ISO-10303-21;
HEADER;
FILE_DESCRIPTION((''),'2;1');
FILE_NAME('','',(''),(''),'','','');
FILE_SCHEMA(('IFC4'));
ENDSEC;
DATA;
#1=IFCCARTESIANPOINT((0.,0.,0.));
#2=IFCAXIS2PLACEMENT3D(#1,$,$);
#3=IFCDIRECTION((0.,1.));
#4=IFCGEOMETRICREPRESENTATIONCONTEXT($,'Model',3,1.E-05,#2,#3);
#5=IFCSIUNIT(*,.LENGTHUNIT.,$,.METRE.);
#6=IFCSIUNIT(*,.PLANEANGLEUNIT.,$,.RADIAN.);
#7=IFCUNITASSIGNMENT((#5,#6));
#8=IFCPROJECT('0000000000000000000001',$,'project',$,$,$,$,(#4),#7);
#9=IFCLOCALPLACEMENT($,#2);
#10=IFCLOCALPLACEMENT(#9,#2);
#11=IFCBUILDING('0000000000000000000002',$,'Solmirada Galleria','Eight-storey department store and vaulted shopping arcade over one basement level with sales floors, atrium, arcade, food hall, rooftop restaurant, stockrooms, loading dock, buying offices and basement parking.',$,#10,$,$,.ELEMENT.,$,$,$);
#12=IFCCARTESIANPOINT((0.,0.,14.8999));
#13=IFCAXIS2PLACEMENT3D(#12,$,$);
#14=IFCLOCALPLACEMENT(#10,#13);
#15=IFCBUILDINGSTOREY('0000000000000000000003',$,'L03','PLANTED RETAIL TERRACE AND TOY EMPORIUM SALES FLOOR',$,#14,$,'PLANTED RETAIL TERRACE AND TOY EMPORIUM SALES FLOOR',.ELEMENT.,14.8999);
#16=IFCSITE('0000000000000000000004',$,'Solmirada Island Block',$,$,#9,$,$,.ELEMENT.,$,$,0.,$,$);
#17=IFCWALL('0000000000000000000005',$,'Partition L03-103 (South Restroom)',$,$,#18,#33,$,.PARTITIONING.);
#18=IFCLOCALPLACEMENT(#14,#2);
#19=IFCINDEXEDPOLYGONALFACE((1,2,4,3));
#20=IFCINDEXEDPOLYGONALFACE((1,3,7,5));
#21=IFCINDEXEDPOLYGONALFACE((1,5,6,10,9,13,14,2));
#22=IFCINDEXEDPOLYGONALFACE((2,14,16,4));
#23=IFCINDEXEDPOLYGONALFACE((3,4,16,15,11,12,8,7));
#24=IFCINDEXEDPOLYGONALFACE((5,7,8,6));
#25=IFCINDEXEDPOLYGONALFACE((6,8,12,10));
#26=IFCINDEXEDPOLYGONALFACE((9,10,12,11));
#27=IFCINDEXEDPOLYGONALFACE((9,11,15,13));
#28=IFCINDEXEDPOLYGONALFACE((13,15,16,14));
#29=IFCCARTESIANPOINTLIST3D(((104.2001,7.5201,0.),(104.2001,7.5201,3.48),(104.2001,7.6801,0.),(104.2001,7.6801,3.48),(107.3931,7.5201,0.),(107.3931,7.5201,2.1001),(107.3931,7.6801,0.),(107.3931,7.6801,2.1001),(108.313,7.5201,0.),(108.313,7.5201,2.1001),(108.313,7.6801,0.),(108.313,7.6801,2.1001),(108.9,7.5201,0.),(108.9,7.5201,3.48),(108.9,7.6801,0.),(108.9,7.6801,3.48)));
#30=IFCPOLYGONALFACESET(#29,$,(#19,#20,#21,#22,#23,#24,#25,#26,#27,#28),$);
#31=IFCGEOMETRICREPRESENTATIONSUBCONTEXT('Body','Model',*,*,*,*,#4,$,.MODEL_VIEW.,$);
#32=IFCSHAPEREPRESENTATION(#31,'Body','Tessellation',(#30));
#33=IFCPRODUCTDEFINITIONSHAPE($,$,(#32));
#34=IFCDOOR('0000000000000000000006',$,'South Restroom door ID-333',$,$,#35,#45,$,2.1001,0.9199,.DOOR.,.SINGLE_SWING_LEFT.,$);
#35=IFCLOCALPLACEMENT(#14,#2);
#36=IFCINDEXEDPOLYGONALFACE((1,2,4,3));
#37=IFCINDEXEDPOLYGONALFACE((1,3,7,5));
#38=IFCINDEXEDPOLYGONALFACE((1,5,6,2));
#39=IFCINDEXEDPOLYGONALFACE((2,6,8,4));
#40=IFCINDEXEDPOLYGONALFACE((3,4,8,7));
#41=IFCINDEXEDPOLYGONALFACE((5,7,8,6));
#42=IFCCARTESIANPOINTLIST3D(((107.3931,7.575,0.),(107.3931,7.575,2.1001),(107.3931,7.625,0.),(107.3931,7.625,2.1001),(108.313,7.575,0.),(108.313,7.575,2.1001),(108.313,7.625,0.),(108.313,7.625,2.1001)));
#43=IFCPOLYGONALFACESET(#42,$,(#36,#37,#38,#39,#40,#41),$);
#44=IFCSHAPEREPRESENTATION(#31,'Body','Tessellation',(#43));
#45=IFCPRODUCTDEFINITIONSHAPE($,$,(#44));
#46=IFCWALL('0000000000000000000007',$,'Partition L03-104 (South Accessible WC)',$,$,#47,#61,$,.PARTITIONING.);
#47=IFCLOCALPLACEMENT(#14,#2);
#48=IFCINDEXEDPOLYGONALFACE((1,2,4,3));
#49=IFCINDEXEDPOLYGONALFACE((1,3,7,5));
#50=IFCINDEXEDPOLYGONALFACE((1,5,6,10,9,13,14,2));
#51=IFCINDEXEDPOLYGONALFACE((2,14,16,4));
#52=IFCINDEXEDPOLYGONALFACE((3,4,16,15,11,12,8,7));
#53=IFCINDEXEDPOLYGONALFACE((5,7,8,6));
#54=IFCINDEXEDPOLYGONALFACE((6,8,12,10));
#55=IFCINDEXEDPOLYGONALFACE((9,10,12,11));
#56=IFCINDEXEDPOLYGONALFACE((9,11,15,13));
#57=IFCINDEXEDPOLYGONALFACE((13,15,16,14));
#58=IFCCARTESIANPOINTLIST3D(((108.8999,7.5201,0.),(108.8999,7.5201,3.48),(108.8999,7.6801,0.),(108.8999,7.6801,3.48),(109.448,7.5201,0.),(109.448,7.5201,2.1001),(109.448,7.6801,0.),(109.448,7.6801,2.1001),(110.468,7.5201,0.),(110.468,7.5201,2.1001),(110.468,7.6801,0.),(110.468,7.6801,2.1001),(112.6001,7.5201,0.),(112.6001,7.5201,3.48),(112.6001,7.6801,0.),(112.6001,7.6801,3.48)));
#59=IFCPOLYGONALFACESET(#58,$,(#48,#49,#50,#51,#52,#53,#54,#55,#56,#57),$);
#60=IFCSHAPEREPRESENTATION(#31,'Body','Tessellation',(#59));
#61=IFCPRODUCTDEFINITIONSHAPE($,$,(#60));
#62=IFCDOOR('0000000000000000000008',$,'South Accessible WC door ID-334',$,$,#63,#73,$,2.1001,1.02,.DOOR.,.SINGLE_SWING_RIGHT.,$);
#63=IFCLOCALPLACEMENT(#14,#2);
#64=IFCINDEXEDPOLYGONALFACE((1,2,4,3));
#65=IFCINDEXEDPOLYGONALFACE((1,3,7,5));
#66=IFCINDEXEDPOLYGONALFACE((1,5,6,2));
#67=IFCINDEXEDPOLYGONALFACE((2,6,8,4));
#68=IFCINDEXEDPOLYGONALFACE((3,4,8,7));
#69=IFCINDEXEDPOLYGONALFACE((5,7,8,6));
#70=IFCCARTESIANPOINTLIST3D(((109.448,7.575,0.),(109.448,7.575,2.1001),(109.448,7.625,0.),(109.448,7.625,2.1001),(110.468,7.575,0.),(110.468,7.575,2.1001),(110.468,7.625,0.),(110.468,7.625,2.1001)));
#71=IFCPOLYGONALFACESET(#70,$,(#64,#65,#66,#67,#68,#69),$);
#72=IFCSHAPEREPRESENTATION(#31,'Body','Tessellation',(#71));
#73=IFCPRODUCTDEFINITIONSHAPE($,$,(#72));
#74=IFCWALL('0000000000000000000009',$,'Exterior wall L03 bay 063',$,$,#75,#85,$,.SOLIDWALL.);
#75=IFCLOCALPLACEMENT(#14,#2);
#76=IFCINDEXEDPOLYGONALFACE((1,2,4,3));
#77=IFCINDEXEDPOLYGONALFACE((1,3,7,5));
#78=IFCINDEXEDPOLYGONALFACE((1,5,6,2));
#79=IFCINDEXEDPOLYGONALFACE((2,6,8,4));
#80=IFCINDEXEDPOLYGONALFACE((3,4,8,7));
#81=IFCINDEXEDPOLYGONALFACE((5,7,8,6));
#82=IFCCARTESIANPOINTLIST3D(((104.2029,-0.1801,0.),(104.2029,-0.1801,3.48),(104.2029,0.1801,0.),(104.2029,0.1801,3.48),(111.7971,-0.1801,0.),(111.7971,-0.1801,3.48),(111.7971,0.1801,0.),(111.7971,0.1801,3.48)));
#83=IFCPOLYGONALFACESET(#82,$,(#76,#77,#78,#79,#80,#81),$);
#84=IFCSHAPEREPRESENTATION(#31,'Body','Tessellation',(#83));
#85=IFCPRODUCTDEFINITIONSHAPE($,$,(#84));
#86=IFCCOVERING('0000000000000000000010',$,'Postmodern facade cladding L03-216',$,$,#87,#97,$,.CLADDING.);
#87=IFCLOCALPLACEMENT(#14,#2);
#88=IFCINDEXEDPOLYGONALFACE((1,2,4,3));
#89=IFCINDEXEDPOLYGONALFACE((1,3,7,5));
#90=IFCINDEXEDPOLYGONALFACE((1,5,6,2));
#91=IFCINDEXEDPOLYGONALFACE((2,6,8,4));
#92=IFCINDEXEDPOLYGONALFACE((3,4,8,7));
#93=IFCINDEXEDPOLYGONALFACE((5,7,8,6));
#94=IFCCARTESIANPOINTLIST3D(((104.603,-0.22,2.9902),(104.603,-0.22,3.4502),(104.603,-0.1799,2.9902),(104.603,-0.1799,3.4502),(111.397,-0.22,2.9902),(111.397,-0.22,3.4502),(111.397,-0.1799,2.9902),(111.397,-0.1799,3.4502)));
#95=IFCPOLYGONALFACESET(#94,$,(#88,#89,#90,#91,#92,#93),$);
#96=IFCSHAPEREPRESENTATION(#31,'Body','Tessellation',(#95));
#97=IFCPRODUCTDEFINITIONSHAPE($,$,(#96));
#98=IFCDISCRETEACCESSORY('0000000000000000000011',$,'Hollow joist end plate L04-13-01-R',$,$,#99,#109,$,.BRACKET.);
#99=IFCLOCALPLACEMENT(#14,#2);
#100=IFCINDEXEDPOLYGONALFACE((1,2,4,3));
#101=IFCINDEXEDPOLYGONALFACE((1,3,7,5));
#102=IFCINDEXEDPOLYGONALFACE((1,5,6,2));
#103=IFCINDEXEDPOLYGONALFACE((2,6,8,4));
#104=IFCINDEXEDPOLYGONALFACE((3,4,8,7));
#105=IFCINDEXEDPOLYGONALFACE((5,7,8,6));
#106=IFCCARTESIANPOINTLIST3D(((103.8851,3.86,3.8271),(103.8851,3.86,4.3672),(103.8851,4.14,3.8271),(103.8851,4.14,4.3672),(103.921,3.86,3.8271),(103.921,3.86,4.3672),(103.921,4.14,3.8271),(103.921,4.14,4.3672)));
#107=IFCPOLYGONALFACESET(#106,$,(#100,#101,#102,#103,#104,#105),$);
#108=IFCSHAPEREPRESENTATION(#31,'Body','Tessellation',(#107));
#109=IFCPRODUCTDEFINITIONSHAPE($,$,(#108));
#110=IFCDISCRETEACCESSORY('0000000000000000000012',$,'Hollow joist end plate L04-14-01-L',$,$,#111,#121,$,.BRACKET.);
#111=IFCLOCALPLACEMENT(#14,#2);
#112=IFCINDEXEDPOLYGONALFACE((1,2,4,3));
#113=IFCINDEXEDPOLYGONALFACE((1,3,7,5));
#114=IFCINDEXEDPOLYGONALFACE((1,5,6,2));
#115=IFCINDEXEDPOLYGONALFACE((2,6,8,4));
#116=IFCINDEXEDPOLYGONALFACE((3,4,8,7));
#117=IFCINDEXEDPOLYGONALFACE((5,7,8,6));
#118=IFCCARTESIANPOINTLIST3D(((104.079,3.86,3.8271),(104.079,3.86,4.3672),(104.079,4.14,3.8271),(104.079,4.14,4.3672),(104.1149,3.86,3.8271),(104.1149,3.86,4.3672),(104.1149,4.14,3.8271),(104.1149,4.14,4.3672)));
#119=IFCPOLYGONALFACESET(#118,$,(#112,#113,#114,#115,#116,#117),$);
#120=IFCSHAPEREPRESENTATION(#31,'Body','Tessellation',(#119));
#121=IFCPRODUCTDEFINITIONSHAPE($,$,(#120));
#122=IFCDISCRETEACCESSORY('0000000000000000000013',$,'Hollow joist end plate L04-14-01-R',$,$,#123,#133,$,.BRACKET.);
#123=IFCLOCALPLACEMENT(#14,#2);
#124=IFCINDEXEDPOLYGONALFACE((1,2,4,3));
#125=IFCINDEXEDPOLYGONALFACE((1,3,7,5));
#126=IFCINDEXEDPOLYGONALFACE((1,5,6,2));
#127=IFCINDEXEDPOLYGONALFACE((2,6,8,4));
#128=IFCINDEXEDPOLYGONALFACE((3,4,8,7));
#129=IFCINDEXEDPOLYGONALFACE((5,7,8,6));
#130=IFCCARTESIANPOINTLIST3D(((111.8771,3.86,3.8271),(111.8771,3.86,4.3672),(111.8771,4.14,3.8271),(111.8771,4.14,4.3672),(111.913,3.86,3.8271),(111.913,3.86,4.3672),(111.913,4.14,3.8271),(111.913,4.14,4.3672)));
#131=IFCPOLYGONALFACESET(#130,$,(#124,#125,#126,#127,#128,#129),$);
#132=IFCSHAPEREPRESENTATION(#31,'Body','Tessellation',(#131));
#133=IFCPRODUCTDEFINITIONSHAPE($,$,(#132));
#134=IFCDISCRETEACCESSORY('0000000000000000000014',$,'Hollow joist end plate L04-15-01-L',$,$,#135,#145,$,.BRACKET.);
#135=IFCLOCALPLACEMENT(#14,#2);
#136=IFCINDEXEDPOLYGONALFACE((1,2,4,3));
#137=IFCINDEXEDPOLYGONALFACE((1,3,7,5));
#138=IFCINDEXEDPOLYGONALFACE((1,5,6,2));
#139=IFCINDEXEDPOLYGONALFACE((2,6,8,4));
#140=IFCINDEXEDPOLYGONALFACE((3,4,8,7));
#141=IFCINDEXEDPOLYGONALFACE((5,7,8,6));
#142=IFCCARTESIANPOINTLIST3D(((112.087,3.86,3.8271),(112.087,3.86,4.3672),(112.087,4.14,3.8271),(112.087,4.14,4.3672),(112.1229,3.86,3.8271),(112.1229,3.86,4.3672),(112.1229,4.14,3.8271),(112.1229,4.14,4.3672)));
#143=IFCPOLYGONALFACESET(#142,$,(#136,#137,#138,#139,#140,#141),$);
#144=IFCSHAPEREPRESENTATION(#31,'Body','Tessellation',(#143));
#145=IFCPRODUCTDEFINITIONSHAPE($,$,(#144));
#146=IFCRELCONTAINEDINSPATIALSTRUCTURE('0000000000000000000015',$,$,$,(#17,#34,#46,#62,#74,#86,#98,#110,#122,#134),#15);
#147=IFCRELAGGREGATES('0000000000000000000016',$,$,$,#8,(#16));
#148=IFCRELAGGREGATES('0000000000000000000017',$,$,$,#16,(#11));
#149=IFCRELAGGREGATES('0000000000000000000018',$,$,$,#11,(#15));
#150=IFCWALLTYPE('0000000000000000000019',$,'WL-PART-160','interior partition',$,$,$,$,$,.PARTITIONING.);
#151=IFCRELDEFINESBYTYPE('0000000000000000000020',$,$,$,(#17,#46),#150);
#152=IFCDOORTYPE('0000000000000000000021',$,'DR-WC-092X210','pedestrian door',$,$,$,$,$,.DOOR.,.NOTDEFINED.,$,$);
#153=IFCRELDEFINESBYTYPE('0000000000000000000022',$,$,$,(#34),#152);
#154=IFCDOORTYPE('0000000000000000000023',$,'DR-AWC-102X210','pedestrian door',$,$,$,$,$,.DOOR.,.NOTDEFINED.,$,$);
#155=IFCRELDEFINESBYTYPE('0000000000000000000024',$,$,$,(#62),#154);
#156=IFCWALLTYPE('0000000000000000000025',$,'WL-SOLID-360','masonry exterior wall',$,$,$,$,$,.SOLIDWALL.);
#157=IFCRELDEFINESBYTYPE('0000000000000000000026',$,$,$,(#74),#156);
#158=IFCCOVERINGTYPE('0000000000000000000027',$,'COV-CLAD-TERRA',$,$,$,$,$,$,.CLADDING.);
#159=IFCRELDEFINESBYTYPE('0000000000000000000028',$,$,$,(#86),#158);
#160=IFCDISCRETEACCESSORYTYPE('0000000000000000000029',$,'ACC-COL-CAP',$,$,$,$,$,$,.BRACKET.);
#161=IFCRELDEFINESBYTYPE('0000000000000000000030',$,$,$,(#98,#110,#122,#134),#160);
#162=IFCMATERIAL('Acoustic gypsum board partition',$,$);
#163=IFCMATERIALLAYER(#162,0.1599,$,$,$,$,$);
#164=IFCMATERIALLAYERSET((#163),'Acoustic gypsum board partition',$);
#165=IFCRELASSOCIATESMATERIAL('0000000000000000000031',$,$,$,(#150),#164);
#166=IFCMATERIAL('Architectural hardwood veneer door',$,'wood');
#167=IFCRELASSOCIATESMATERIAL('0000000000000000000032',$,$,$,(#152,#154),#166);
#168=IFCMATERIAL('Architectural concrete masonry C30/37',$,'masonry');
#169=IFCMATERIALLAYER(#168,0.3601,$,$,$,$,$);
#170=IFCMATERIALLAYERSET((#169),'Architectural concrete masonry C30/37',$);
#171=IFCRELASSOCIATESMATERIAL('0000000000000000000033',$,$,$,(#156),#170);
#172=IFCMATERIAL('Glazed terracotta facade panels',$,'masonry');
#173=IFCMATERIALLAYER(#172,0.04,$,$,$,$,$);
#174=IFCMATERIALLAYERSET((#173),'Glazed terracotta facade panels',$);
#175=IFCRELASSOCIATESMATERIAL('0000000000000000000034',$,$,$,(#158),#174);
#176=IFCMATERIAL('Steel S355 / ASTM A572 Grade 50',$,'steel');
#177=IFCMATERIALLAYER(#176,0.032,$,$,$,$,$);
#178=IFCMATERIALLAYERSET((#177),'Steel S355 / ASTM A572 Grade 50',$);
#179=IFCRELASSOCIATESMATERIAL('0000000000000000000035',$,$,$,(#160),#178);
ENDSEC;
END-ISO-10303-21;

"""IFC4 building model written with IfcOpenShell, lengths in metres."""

from ifc_helpers import new_model, si_unit, direction, frame, frame_2d, origin, origin_2d, place, context, subcontext, project, spatial, rectangle, extrude, material, layer, layer_set, type_object, element, fill, save


model = new_model("IFC4")

# Units and contexts
model_context = context("Model", 3, precision=1e-05, world=origin(), true_north=direction((0.0, 1.0)))
body_context = subcontext(model_context, "Body", "Model", "MODEL_VIEW")
ifc_project = project(units=[si_unit("LENGTHUNIT", "METRE"), si_unit("PLANEANGLEUNIT", "RADIAN")], contexts=[model_context])

# Site, building, storey
site_placement = place(None, origin())
site = spatial("IfcSite", under=ifc_project, at=site_placement, Name="Solmirada Island Block", CompositionType="ELEMENT", RefElevation=0.0)
building_placement = place(site_placement, origin())
building = spatial("IfcBuilding", under=site, at=building_placement, Name="Solmirada Galleria", Description="Eight-storey department store and vaulted shopping arcade over one basement level with sales floors, atrium, arcade, food hall, rooftop restaurant, stockrooms, loading dock, buying offices and basement parking.", CompositionType="ELEMENT")
storey_placement = place(building_placement, frame((0.0, 0.0, 14.8999)))
storey = spatial("IfcBuildingStorey", under=building, at=storey_placement, Name="L03", Description="PLANTED RETAIL TERRACE AND TOY EMPORIUM SALES FLOOR", LongName="PLANTED RETAIL TERRACE AND TOY EMPORIUM SALES FLOOR", CompositionType="ELEMENT", Elevation=14.8999)

# Shared definitions
ifc_material_1 = material(Name="Steel S355 / ASTM A572 Grade 50", Category="steel")

# Shared definitions
ifc_material_2 = material(Name="Acoustic gypsum board partition")

# Walls, openings, doors
ifc_layer_1 = layer(ifc_material_2, 0.1599)
ifc_layer_set_1 = layer_set([ifc_layer_1], Name="Acoustic gypsum board partition")
wall_type_1 = type_object("IfcWallType", Name="WL-PART-160", Description="interior partition", PredefinedType="PARTITIONING", material=ifc_layer_set_1)
wall_1_placement = place(storey_placement, frame((104.2, 7.6001, 0.0), z_axis=(0.0, 0.0, 1.0), x_axis=(1.0, 0.0, 0.0)))
wall_1 = element("IfcWall", 1, at=wall_1_placement, inside=storey, type_object=wall_type_1, Name="Partition L03-103 (South Restroom)", PredefinedType="PARTITIONING", context=body_context, shape_type="SweptSolid", body=[
    extrude(rectangle(XDim=4.7, YDim=0.1599, at=frame_2d((2.3501, 0.0))), origin(), (0.0, 0.0, 1.0), 3.48),
])
opening_1_placement = place(wall_1_placement, frame((3.1931, 0.0, 0.0)))
opening_1 = element("IfcOpeningElement", 2, at=opening_1_placement, cuts=wall_1, PredefinedType="OPENING", context=body_context, shape_type="SweptSolid", body=[
    extrude(rectangle(XDim=0.9199, YDim=2.1001, at=frame_2d((0.46, 1.05))), frame((0.0, 0.0898, 0.0), z_axis=(0.0, -1.0, 0.0), x_axis=(1.0, 0.0, 0.0)), (0.0, 0.0, 1.0), 0.1799),
])
ifc_material_3 = material(Name="Architectural hardwood veneer door", Category="wood")
door_type_1 = type_object("IfcDoorType", Name="DR-WC-092X210", Description="pedestrian door", OperationType="NOTDEFINED", PredefinedType="DOOR", material=ifc_material_3)
door_1_placement = place(opening_1_placement, origin())
door_1 = element("IfcDoor", 3, at=door_1_placement, inside=storey, type_object=door_type_1, Name="South Restroom door ID-333", OperationType="SINGLE_SWING_LEFT", OverallHeight=2.1001, OverallWidth=0.9199, PredefinedType="DOOR", context=body_context, shape_type="SweptSolid", body=[
    extrude(rectangle(XDim=0.9199, YDim=2.1001, at=frame_2d((0.46, 1.05))), frame((0.0, 0.0249, 0.0), z_axis=(0.0, -1.0, 0.0), x_axis=(1.0, 0.0, 0.0)), (0.0, 0.0, 1.0), 0.05),
])
fill(opening_1, door_1)
wall_2_placement = place(storey_placement, frame((108.8999, 7.6001, 0.0), z_axis=(0.0, 0.0, 1.0), x_axis=(1.0, 0.0, 0.0)))
wall_2 = element("IfcWall", 4, at=wall_2_placement, inside=storey, type_object=wall_type_1, Name="Partition L03-104 (South Accessible WC)", PredefinedType="PARTITIONING", context=body_context, shape_type="SweptSolid", body=[
    extrude(rectangle(XDim=3.7002, YDim=0.1599, at=frame_2d((1.8501, 0.0))), origin(), (0.0, 0.0, 1.0), 3.48),
])
opening_2_placement = place(wall_2_placement, frame((0.5481, 0.0, 0.0)))
opening_2 = element("IfcOpeningElement", 5, at=opening_2_placement, cuts=wall_2, PredefinedType="OPENING", context=body_context, shape_type="SweptSolid", body=[
    extrude(rectangle(XDim=1.02, YDim=2.1001, at=frame_2d((0.51, 1.05))), frame((0.0, 0.0898, 0.0), z_axis=(0.0, -1.0, 0.0), x_axis=(1.0, 0.0, 0.0)), (0.0, 0.0, 1.0), 0.1799),
])
door_type_2 = type_object("IfcDoorType", Name="DR-AWC-102X210", Description="pedestrian door", OperationType="NOTDEFINED", PredefinedType="DOOR", material=ifc_material_3)
door_2_placement = place(opening_2_placement, origin())
door_2 = element("IfcDoor", 6, at=door_2_placement, inside=storey, type_object=door_type_2, Name="South Accessible WC door ID-334", OperationType="SINGLE_SWING_RIGHT", OverallHeight=2.1001, OverallWidth=1.02, PredefinedType="DOOR", context=body_context, shape_type="SweptSolid", body=[
    extrude(rectangle(XDim=1.02, YDim=2.1001, at=frame_2d((0.51, 1.05))), frame((0.0, 0.0249, 0.0), z_axis=(0.0, -1.0, 0.0), x_axis=(1.0, 0.0, 0.0)), (0.0, 0.0, 1.0), 0.05),
])
fill(opening_2, door_2)

# Wall
ifc_material_4 = material(Name="Architectural concrete masonry C30/37", Category="masonry")
ifc_layer_2 = layer(ifc_material_4, 0.3601)
ifc_layer_set_2 = layer_set([ifc_layer_2], Name="Architectural concrete masonry C30/37")
wall_type_2 = type_object("IfcWallType", Name="WL-SOLID-360", Description="masonry exterior wall", PredefinedType="SOLIDWALL", material=ifc_layer_set_2)
wall_3_placement = place(storey_placement, frame((111.7971, 0.0, 0.0), z_axis=(0.0, 0.0, 1.0), x_axis=(-1.0, 0.0, 0.0)))
element("IfcWall", 7, at=wall_3_placement, inside=storey, type_object=wall_type_2, Name="Exterior wall L03 bay 063", PredefinedType="SOLIDWALL", context=body_context, shape_type="SweptSolid", body=[
    extrude(rectangle(XDim=7.5942, YDim=0.3601, at=frame_2d((3.7971, 0.0))), origin(), (0.0, 0.0, 1.0), 3.48),
])

# Covering
ifc_material_5 = material(Name="Glazed terracotta facade panels", Category="masonry")
ifc_layer_3 = layer(ifc_material_5, 0.04)
ifc_layer_set_3 = layer_set([ifc_layer_3], Name="Glazed terracotta facade panels")
covering_type = type_object("IfcCoveringType", Name="COV-CLAD-TERRA", PredefinedType="CLADDING", material=ifc_layer_set_3)
covering_placement = place(storey_placement, frame((108.0, -0.2, 2.9902), z_axis=(0.0, 0.0, 1.0), x_axis=(-1.0, 0.0, 0.0)))
element("IfcCovering", 8, at=covering_placement, inside=storey, type_object=covering_type, Name="Postmodern facade cladding L03-216", PredefinedType="CLADDING", context=body_context, shape_type="SweptSolid", body=[
    extrude(rectangle(XDim=6.7939, YDim=0.04, at=origin_2d()), origin(), (0.0, 0.0, 1.0), 0.46),
])

# Discrete accessories
ifc_layer_4 = layer(ifc_material_1, 0.032)
ifc_layer_set_4 = layer_set([ifc_layer_4], Name="Steel S355 / ASTM A572 Grade 50")
discrete_accessory_type = type_object("IfcDiscreteAccessoryType", Name="ACC-COL-CAP", PredefinedType="BRACKET", material=ifc_layer_set_4)
for number, where, z_axis, x_axis, name in (
    (9, (103.9031, 4.0, 3.8271), (0.0, 0.0, 1.0), (1.0, 0.0, 0.0), "Hollow joist end plate L04-13-01-R"),
    (10, (104.0969, 4.0, 3.8271), (0.0, 0.0, 1.0), (1.0, 0.0, 0.0), "Hollow joist end plate L04-14-01-L"),
    (11, (111.895, 4.0, 3.8271), (0.0, 0.0, 1.0), (1.0, 0.0, 0.0), "Hollow joist end plate L04-14-01-R"),
    (12, (112.105, 4.0, 3.8271), (0.0, 0.0, 1.0), (1.0, 0.0, 0.0), "Hollow joist end plate L04-15-01-L"),
):
    element("IfcDiscreteAccessory", number, at=place(storey_placement, frame(where, z_axis=z_axis, x_axis=x_axis)), inside=storey, type_object=discrete_accessory_type, Name=name, PredefinedType="BRACKET", context=body_context, shape_type="SweptSolid", body=[
        extrude(rectangle(XDim=0.0359, YDim=0.28, at=origin_2d()), origin(), (0.0, 0.0, 1.0), 0.54),
    ])

save(model, "model.ifc")
